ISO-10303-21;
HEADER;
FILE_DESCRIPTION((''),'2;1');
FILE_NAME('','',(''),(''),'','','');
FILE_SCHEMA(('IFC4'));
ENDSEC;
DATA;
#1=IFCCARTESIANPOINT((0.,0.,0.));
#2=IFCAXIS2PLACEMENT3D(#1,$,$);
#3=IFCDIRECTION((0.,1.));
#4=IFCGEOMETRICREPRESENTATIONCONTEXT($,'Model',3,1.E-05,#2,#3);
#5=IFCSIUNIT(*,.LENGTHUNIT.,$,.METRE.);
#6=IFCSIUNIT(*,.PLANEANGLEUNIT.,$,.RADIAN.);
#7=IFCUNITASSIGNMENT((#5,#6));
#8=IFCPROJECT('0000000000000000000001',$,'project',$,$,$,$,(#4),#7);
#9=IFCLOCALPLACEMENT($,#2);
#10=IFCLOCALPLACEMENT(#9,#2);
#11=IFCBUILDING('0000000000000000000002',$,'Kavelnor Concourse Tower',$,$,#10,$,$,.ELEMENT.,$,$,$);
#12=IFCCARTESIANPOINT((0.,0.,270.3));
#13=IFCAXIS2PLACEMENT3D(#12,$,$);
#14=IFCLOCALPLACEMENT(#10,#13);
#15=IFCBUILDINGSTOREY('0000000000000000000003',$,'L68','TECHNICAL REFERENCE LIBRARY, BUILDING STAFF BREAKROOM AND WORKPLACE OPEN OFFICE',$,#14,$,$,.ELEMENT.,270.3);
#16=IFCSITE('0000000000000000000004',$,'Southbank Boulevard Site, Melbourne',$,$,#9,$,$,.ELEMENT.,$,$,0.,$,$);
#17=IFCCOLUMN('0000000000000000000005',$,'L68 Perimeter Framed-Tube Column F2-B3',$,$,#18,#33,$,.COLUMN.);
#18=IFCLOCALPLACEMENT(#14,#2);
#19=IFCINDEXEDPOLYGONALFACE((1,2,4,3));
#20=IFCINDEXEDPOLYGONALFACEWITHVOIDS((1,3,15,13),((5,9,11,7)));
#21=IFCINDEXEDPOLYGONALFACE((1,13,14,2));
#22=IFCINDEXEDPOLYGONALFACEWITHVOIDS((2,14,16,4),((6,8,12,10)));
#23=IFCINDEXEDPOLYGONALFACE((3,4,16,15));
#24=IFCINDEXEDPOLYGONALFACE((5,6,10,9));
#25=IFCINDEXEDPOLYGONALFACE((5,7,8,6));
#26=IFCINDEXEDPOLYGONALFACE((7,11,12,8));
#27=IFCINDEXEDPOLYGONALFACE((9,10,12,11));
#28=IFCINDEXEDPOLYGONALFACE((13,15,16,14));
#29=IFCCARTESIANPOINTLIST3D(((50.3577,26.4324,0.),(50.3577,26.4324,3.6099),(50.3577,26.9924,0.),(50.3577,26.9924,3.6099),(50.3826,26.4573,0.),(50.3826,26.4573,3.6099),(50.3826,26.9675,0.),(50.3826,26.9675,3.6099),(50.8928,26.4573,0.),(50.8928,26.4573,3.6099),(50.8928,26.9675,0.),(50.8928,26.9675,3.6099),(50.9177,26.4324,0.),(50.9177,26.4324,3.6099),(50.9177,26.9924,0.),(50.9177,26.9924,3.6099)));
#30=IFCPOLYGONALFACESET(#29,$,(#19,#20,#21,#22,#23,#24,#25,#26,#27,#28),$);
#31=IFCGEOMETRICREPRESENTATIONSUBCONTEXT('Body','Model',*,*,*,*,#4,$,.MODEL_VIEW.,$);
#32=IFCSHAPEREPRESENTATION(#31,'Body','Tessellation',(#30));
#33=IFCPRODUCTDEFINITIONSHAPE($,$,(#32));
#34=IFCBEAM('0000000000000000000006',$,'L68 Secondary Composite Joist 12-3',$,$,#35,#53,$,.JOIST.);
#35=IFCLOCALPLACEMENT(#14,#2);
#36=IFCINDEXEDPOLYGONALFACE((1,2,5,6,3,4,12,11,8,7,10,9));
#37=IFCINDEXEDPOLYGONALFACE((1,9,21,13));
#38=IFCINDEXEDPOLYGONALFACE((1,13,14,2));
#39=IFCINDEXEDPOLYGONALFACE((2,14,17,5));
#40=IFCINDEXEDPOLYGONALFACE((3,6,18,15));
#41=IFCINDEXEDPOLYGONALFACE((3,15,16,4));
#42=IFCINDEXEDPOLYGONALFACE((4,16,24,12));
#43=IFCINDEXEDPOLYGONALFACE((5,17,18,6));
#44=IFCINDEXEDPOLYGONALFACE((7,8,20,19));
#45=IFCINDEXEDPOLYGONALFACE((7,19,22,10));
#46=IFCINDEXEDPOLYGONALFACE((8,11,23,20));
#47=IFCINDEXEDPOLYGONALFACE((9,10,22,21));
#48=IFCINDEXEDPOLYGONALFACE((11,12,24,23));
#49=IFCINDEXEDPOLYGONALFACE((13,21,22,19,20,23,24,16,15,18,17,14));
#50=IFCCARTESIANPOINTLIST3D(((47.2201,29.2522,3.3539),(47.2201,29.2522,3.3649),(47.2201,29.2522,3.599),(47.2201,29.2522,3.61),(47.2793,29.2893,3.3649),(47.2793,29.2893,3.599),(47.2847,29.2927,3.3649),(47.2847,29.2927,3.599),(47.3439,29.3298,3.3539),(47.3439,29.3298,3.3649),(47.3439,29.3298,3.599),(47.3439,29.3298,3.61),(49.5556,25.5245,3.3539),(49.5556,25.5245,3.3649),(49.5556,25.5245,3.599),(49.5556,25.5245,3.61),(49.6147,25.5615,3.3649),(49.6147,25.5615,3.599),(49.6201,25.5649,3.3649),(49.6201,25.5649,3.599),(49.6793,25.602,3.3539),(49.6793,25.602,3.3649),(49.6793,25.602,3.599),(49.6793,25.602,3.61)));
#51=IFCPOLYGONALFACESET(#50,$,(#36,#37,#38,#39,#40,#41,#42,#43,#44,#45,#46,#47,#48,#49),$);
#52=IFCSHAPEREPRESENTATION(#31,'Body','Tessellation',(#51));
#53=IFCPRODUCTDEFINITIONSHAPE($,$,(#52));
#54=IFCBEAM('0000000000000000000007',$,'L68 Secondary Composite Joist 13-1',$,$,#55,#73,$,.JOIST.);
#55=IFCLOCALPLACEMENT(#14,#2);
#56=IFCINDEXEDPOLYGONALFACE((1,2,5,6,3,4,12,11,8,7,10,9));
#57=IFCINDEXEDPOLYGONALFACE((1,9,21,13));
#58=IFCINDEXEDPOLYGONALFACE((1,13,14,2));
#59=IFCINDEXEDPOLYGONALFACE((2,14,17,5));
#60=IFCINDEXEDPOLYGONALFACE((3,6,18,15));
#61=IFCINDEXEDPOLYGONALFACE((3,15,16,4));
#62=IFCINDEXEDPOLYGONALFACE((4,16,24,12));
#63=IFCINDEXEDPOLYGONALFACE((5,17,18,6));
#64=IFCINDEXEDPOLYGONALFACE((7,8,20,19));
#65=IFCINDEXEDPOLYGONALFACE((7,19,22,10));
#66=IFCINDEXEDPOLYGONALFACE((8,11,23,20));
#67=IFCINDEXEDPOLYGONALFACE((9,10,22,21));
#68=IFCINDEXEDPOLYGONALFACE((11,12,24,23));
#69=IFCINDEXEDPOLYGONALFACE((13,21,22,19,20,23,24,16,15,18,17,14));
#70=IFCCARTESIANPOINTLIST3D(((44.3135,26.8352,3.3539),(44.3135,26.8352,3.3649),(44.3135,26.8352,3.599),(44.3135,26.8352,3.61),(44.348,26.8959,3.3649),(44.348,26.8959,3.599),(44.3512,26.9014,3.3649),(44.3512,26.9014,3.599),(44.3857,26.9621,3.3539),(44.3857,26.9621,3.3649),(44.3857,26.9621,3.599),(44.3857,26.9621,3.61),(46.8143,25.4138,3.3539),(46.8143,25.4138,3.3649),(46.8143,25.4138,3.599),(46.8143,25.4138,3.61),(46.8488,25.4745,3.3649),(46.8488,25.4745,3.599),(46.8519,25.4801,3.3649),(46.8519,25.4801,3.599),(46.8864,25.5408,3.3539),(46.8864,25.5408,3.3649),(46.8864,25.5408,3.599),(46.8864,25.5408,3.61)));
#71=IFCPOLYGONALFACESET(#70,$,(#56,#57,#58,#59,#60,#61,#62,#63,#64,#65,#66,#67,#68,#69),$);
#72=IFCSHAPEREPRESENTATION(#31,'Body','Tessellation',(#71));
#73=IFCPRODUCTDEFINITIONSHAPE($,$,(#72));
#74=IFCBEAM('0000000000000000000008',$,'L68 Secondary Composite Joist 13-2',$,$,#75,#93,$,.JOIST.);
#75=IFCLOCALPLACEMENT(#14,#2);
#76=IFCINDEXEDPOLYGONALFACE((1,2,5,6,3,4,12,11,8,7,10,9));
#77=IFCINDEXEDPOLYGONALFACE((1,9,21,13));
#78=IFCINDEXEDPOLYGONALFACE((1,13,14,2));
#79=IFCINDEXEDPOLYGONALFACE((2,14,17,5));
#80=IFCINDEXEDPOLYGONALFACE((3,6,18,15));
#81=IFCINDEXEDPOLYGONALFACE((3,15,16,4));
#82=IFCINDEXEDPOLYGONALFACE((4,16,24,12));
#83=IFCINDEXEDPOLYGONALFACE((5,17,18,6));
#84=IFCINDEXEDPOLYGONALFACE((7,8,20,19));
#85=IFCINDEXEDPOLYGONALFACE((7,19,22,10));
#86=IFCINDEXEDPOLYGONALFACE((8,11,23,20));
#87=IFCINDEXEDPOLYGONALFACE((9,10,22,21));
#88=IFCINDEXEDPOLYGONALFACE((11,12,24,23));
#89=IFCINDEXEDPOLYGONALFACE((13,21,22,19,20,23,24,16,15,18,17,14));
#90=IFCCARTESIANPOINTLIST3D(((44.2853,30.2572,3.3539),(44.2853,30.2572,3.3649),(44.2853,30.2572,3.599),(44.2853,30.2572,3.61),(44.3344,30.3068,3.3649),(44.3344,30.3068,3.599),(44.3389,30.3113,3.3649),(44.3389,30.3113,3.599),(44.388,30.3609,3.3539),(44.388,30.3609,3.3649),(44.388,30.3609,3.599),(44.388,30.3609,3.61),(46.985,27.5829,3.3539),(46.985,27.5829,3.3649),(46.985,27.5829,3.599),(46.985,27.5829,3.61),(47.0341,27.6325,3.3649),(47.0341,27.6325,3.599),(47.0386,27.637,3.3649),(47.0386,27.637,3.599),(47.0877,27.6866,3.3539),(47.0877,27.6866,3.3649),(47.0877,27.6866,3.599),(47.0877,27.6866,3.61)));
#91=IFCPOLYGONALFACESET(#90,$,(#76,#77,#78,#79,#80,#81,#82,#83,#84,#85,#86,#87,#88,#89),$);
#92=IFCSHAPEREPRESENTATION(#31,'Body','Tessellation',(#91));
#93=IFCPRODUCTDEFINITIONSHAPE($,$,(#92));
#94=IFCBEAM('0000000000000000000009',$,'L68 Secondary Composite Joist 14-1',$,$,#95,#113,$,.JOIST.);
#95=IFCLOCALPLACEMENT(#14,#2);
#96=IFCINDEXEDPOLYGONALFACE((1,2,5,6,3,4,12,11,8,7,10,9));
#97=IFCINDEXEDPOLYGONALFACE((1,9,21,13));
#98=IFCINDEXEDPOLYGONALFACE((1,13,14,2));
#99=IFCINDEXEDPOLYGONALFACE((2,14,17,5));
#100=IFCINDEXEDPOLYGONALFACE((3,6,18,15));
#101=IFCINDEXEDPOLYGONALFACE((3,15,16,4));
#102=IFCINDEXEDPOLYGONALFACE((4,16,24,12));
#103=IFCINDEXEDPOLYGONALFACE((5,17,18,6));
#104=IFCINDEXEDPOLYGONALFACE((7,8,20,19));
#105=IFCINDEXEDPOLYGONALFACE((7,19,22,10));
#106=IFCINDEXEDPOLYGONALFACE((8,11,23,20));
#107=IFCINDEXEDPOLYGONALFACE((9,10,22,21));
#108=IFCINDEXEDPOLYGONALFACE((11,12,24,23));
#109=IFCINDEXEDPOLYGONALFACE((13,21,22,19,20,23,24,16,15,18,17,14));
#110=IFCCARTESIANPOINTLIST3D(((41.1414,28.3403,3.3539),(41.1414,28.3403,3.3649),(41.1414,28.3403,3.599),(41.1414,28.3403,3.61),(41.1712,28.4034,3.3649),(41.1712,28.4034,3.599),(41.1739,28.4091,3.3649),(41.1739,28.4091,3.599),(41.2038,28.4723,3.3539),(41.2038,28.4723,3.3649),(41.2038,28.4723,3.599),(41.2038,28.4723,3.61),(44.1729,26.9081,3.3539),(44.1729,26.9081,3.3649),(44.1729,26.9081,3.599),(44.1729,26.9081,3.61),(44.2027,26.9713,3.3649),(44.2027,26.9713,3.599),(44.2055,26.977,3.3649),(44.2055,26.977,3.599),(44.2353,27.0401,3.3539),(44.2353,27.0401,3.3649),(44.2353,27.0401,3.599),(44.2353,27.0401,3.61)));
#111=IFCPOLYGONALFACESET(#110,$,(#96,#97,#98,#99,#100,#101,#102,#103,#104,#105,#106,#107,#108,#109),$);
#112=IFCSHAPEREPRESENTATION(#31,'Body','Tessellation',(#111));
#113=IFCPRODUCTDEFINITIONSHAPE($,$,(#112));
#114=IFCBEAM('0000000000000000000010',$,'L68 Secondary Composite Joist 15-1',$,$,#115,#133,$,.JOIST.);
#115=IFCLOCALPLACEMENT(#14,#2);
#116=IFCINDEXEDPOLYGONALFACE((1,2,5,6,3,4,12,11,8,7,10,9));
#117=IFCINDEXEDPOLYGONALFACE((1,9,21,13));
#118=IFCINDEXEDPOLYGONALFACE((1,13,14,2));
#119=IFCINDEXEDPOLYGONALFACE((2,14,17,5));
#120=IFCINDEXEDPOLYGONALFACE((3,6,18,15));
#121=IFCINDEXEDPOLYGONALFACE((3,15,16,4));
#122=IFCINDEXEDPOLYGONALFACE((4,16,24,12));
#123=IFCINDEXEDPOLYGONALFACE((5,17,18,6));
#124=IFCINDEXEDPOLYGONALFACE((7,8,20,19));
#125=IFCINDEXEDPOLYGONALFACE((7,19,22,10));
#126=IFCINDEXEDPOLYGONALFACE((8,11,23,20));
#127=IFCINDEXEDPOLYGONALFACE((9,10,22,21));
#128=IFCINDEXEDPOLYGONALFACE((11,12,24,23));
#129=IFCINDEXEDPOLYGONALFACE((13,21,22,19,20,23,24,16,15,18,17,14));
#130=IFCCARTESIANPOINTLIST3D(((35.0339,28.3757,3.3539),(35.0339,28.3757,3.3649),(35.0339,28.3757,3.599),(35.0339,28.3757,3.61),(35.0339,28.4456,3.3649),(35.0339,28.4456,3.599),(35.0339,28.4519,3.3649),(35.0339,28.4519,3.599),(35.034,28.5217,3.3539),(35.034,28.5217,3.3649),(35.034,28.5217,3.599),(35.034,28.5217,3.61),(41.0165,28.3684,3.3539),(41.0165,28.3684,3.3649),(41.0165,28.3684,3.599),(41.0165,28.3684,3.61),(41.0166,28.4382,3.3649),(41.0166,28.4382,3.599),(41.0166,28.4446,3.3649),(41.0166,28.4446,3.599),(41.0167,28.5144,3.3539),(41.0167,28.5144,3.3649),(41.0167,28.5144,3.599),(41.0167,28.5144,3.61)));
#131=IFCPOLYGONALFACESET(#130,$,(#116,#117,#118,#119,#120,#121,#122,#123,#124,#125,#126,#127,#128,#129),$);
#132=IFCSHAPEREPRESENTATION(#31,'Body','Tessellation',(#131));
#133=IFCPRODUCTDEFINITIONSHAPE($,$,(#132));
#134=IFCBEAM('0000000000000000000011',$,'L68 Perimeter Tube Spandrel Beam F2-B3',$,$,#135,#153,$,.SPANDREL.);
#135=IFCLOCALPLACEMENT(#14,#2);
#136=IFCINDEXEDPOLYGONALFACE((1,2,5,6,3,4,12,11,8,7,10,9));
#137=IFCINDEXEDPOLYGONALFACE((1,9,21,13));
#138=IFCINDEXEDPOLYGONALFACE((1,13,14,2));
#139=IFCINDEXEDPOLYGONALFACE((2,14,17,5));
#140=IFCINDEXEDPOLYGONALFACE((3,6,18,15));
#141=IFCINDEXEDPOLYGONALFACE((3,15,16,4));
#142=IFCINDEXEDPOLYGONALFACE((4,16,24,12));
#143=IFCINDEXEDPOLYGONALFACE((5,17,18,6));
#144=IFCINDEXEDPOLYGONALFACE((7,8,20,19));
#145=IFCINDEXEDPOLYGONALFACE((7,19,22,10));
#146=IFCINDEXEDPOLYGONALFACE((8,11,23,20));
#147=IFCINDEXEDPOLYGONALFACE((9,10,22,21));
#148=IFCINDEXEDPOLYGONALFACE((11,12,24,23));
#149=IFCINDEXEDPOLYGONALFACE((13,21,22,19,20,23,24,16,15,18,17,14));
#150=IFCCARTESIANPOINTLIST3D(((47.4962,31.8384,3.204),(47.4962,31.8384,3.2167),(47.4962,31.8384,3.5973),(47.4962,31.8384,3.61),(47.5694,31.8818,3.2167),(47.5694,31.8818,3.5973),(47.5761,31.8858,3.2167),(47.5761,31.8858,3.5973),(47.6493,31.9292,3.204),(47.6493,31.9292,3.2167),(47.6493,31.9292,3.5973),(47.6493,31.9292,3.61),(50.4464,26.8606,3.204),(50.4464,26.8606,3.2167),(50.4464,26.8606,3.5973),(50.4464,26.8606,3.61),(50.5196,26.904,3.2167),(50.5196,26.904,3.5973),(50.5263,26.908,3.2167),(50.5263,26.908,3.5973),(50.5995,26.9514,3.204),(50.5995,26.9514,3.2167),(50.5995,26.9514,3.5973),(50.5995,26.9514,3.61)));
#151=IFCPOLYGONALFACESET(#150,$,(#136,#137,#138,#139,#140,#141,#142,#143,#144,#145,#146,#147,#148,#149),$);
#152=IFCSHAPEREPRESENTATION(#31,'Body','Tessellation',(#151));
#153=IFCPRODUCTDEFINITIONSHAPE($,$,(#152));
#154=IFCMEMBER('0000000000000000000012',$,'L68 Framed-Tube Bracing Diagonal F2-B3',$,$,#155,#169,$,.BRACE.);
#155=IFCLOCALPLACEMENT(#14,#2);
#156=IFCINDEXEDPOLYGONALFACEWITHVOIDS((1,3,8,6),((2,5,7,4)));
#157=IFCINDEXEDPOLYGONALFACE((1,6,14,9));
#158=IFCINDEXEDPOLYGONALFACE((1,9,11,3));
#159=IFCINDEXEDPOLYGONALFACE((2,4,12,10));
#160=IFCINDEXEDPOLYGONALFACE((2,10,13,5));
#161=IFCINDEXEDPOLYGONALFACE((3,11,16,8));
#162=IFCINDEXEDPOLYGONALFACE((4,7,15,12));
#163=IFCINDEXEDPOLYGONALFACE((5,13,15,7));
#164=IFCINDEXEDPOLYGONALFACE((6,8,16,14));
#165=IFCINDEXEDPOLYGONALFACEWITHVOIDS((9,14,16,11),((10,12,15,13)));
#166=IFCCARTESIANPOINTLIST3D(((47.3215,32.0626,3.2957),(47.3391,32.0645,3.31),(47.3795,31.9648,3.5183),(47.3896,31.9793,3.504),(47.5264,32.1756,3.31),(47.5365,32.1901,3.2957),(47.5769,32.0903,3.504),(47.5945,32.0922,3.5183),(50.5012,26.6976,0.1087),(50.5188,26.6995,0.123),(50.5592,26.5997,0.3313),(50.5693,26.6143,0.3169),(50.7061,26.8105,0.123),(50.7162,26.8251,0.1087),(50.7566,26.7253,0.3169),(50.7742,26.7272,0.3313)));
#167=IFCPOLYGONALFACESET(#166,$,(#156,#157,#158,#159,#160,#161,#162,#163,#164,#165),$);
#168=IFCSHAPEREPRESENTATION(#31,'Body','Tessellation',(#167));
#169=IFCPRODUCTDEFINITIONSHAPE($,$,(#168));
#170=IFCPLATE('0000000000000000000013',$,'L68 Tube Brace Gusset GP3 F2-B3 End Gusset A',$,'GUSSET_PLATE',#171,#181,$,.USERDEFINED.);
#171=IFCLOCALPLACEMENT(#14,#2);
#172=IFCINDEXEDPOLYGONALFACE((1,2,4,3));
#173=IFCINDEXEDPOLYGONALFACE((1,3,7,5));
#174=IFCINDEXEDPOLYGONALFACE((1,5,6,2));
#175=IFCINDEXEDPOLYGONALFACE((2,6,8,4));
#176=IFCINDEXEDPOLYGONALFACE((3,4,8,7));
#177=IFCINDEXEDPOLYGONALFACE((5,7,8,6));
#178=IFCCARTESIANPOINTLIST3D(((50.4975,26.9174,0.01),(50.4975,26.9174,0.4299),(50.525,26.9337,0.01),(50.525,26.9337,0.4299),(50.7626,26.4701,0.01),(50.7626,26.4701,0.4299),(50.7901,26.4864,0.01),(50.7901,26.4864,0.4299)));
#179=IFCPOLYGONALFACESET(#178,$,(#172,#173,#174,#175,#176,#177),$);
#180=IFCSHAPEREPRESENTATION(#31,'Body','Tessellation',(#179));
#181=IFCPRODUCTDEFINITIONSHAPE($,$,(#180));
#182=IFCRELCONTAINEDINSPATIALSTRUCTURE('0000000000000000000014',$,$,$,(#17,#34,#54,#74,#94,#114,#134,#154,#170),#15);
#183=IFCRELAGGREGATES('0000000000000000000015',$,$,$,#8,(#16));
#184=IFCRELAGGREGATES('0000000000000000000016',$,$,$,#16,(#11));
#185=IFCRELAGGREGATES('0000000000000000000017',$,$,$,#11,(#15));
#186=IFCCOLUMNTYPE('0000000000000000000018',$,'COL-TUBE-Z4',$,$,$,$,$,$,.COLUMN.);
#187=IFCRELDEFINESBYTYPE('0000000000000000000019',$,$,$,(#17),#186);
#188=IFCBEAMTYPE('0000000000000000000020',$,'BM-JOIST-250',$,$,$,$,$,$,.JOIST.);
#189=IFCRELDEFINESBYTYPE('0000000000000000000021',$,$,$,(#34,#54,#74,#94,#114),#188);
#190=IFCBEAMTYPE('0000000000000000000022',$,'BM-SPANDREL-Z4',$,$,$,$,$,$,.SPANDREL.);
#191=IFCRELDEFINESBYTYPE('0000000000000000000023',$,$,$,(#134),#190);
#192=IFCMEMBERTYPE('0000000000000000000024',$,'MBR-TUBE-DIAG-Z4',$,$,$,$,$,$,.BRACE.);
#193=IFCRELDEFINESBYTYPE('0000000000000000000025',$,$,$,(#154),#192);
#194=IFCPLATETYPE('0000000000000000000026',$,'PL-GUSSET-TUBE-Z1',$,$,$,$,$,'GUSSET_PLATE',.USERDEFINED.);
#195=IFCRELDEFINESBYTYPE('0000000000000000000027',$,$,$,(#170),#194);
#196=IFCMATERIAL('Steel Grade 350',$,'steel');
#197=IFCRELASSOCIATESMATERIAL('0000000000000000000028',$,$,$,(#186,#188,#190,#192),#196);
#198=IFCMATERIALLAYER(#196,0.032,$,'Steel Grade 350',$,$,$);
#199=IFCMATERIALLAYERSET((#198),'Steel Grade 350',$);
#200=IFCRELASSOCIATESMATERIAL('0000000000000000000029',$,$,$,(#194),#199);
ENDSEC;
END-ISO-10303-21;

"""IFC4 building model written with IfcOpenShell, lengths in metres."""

from ifc_helpers import new_model, si_unit, direction, frame, origin, origin_2d, place, context, subcontext, project, spatial, rectangle, hollow_rectangle, i_section, extrude, material, layer, layer_set, material_profile, profile_set, type_object, element, save


model = new_model("IFC4")

# Units and contexts
model_context = context("Model", 3, precision=1e-05, world=origin(), true_north=direction((0.0, 1.0)))
body_context = subcontext(model_context, "Body", "Model", "MODEL_VIEW")
ifc_project = project(units=[si_unit("LENGTHUNIT", "METRE"), si_unit("PLANEANGLEUNIT", "RADIAN")], contexts=[model_context])

# Site, building, storey
site_placement = place(None, origin())
site = spatial("IfcSite", under=ifc_project, at=site_placement, Name="Southbank Boulevard Site, Melbourne", CompositionType="ELEMENT", RefElevation=0.0)
building_placement = place(site_placement, origin())
building = spatial("IfcBuilding", under=site, at=building_placement, Name="Kavelnor Concourse Tower", CompositionType="ELEMENT")
storey_placement = place(building_placement, frame((0.0, 0.0, 270.3)))
storey = spatial("IfcBuildingStorey", under=building, at=storey_placement, Name="L68", Description="TECHNICAL REFERENCE LIBRARY, BUILDING STAFF BREAKROOM AND WORKPLACE OPEN OFFICE", CompositionType="ELEMENT", Elevation=270.3)

# Column
ifc_material_1 = material(Name="Steel Grade 350", Category="steel")
ifc_material_profile_1 = material_profile(ifc_material_1, hollow_rectangle(XDim=0.5601, YDim=0.5601, WallThickness=0.0249, at=origin_2d()), Name="SHS 560x560x25")
ifc_profile_set_1 = profile_set([ifc_material_profile_1], Name="Steel Grade 350")
column_type = type_object("IfcColumnType", Name="COL-TUBE-Z4", PredefinedType="COLUMN", material=ifc_profile_set_1)
column_placement = place(storey_placement, frame((50.6377, 26.7124, 0.0), z_axis=(0.0, 0.0, 1.0), x_axis=(1.0, 0.0, 0.0)))
element("IfcColumn", 1, at=column_placement, inside=storey, type_object=column_type, Name="L68 Perimeter Framed-Tube Column F2-B3", PredefinedType="COLUMN", context=body_context, shape_type="SweptSolid", body=[
    extrude(hollow_rectangle(XDim=0.5601, YDim=0.5601, WallThickness=0.0249, at=origin_2d()), origin(), (0.0, 0.0, 1.0), 3.6099),
])

# Beams
ifc_material_profile_2 = material_profile(ifc_material_1, i_section(OverallWidth=0.146, OverallDepth=0.2561, WebThickness=0.0063, FlangeThickness=0.011, at=origin_2d()), Name="250UB37")
ifc_profile_set_2 = profile_set([ifc_material_profile_2], Name="Steel Grade 350")
beam_type_1 = type_object("IfcBeamType", Name="BM-JOIST-250", PredefinedType="JOIST", material=ifc_profile_set_2)
beam_1_placement = place(storey_placement, frame((49.6174, 25.5632, 3.4819), z_axis=(-0.530912, 0.847427, 0.0), x_axis=(-0.847427, -0.530912, 0.0)))
element("IfcBeam", 2, at=beam_1_placement, inside=storey, type_object=beam_type_1, Name="L68 Secondary Composite Joist 12-3", PredefinedType="JOIST", context=body_context, shape_type="SweptSolid", body=[
    extrude(i_section(OverallWidth=0.146, OverallDepth=0.2561, WebThickness=0.0063, FlangeThickness=0.011, at=origin_2d()), origin(), (0.0, 0.0, 1.0), 4.3989),
])
beam_2_placement = place(storey_placement, frame((46.8503, 25.4773, 3.4819), z_axis=(-0.869379, 0.494145, 0.0), x_axis=(-0.494145, -0.869379, 0.0)))
element("IfcBeam", 3, at=beam_2_placement, inside=storey, type_object=beam_type_1, Name="L68 Secondary Composite Joist 13-1", PredefinedType="JOIST", context=body_context, shape_type="SweptSolid", body=[
    extrude(i_section(OverallWidth=0.146, OverallDepth=0.2561, WebThickness=0.0063, FlangeThickness=0.011, at=origin_2d()), origin(), (0.0, 0.0, 1.0), 2.8765),
])
beam_3_placement = place(storey_placement, frame((47.0364, 27.6348, 3.4819), z_axis=(-0.71044, 0.703758, 0.0), x_axis=(-0.703758, -0.71044, 0.0)))
element("IfcBeam", 4, at=beam_3_placement, inside=storey, type_object=beam_type_1, Name="L68 Secondary Composite Joist 13-2", PredefinedType="JOIST", context=body_context, shape_type="SweptSolid", body=[
    extrude(i_section(OverallWidth=0.146, OverallDepth=0.2561, WebThickness=0.0063, FlangeThickness=0.011, at=origin_2d()), origin(), (0.0, 0.0, 1.0), 3.8),
])
beam_4_placement = place(storey_placement, frame((44.2041, 26.9741, 3.4819), z_axis=(-0.904181, 0.42715, 0.0), x_axis=(-0.42715, -0.904181, 0.0)))
element("IfcBeam", 5, at=beam_4_placement, inside=storey, type_object=beam_type_1, Name="L68 Secondary Composite Joist 14-1", PredefinedType="JOIST", context=body_context, shape_type="SweptSolid", body=[
    extrude(i_section(OverallWidth=0.146, OverallDepth=0.2561, WebThickness=0.0063, FlangeThickness=0.011, at=origin_2d()), origin(), (0.0, 0.0, 1.0), 3.3528),
])
beam_5_placement = place(storey_placement, frame((41.0166, 28.4414, 3.4819), z_axis=(-0.999999, 0.001224, 0.0), x_axis=(-0.001224, -0.999999, 0.0)))
element("IfcBeam", 6, at=beam_5_placement, inside=storey, type_object=beam_type_1, Name="L68 Secondary Composite Joist 15-1", PredefinedType="JOIST", context=body_context, shape_type="SweptSolid", body=[
    extrude(i_section(OverallWidth=0.146, OverallDepth=0.2561, WebThickness=0.0063, FlangeThickness=0.011, at=origin_2d()), origin(), (0.0, 0.0, 1.0), 5.9827),
])
ifc_material_profile_3 = material_profile(ifc_material_1, i_section(OverallWidth=0.178, OverallDepth=0.406, WebThickness=0.0078, FlangeThickness=0.0127, at=origin_2d()), Name="410UB59")
ifc_profile_set_3 = profile_set([ifc_material_profile_3], Name="Steel Grade 350")
beam_type_2 = type_object("IfcBeamType", Name="BM-SPANDREL-Z4", PredefinedType="SPANDREL", material=ifc_profile_set_3)
beam_6_placement = place(storey_placement, frame((50.5229, 26.906, 3.407), z_axis=(-0.509853, 0.860261, 0.0), x_axis=(-0.860261, -0.509853, 0.0)))
element("IfcBeam", 7, at=beam_6_placement, inside=storey, type_object=beam_type_2, Name="L68 Perimeter Tube Spandrel Beam F2-B3", PredefinedType="SPANDREL", context=body_context, shape_type="SweptSolid", body=[
    extrude(i_section(OverallWidth=0.178, OverallDepth=0.406, WebThickness=0.0078, FlangeThickness=0.0127, at=origin_2d()), origin(), (0.0, 0.0, 1.0), 5.7864),
])

# Member
ifc_material_profile_4 = material_profile(ifc_material_1, hollow_rectangle(XDim=0.25, YDim=0.25, WallThickness=0.0161, at=origin_2d()), Name="SHS 250x250x16")
ifc_profile_set_4 = profile_set([ifc_material_profile_4], Name="Steel Grade 350")
member_type = type_object("IfcMemberType", Name="MBR-TUBE-DIAG-Z4", PredefinedType="BRACE", material=ifc_profile_set_4)
member_placement = place(storey_placement, frame((50.6377, 26.7124, 0.22), z_axis=(-0.454007, 0.766032, 0.455053), x_axis=(-0.860261, -0.509854, 0.0)))
element("IfcMember", 8, at=member_placement, inside=storey, type_object=member_type, Name="L68 Framed-Tube Bracing Diagonal F2-B3", PredefinedType="BRACE", context=body_context, shape_type="SweptSolid", body=[
    extrude(hollow_rectangle(XDim=0.25, YDim=0.25, WallThickness=0.0161, at=origin_2d()), origin(), (0.0, 0.0, 1.0), 7.0037),
])

# Plate
ifc_layer_1 = layer(ifc_material_1, 0.032, Name="Steel Grade 350")
ifc_layer_set_1 = layer_set([ifc_layer_1], Name="Steel Grade 350")
plate_type = type_object("IfcPlateType", Name="PL-GUSSET-TUBE-Z1", ElementType="GUSSET_PLATE", PredefinedType="USERDEFINED", material=ifc_layer_set_1)
plate_placement = place(storey_placement, frame((50.6438, 26.7019, 0.01), z_axis=(0.0, 0.0, 1.0), x_axis=(-0.509792, 0.860297, 0.0)))
element("IfcPlate", 9, at=plate_placement, inside=storey, type_object=plate_type, Name="L68 Tube Brace Gusset GP3 F2-B3 End Gusset A", ObjectType="GUSSET_PLATE", PredefinedType="USERDEFINED", context=body_context, shape_type="SweptSolid", body=[
    extrude(rectangle(XDim=0.52, YDim=0.032, at=origin_2d()), origin(), (0.0, 0.0, 1.0), 0.4199),
])

save(model, "model.ifc")
